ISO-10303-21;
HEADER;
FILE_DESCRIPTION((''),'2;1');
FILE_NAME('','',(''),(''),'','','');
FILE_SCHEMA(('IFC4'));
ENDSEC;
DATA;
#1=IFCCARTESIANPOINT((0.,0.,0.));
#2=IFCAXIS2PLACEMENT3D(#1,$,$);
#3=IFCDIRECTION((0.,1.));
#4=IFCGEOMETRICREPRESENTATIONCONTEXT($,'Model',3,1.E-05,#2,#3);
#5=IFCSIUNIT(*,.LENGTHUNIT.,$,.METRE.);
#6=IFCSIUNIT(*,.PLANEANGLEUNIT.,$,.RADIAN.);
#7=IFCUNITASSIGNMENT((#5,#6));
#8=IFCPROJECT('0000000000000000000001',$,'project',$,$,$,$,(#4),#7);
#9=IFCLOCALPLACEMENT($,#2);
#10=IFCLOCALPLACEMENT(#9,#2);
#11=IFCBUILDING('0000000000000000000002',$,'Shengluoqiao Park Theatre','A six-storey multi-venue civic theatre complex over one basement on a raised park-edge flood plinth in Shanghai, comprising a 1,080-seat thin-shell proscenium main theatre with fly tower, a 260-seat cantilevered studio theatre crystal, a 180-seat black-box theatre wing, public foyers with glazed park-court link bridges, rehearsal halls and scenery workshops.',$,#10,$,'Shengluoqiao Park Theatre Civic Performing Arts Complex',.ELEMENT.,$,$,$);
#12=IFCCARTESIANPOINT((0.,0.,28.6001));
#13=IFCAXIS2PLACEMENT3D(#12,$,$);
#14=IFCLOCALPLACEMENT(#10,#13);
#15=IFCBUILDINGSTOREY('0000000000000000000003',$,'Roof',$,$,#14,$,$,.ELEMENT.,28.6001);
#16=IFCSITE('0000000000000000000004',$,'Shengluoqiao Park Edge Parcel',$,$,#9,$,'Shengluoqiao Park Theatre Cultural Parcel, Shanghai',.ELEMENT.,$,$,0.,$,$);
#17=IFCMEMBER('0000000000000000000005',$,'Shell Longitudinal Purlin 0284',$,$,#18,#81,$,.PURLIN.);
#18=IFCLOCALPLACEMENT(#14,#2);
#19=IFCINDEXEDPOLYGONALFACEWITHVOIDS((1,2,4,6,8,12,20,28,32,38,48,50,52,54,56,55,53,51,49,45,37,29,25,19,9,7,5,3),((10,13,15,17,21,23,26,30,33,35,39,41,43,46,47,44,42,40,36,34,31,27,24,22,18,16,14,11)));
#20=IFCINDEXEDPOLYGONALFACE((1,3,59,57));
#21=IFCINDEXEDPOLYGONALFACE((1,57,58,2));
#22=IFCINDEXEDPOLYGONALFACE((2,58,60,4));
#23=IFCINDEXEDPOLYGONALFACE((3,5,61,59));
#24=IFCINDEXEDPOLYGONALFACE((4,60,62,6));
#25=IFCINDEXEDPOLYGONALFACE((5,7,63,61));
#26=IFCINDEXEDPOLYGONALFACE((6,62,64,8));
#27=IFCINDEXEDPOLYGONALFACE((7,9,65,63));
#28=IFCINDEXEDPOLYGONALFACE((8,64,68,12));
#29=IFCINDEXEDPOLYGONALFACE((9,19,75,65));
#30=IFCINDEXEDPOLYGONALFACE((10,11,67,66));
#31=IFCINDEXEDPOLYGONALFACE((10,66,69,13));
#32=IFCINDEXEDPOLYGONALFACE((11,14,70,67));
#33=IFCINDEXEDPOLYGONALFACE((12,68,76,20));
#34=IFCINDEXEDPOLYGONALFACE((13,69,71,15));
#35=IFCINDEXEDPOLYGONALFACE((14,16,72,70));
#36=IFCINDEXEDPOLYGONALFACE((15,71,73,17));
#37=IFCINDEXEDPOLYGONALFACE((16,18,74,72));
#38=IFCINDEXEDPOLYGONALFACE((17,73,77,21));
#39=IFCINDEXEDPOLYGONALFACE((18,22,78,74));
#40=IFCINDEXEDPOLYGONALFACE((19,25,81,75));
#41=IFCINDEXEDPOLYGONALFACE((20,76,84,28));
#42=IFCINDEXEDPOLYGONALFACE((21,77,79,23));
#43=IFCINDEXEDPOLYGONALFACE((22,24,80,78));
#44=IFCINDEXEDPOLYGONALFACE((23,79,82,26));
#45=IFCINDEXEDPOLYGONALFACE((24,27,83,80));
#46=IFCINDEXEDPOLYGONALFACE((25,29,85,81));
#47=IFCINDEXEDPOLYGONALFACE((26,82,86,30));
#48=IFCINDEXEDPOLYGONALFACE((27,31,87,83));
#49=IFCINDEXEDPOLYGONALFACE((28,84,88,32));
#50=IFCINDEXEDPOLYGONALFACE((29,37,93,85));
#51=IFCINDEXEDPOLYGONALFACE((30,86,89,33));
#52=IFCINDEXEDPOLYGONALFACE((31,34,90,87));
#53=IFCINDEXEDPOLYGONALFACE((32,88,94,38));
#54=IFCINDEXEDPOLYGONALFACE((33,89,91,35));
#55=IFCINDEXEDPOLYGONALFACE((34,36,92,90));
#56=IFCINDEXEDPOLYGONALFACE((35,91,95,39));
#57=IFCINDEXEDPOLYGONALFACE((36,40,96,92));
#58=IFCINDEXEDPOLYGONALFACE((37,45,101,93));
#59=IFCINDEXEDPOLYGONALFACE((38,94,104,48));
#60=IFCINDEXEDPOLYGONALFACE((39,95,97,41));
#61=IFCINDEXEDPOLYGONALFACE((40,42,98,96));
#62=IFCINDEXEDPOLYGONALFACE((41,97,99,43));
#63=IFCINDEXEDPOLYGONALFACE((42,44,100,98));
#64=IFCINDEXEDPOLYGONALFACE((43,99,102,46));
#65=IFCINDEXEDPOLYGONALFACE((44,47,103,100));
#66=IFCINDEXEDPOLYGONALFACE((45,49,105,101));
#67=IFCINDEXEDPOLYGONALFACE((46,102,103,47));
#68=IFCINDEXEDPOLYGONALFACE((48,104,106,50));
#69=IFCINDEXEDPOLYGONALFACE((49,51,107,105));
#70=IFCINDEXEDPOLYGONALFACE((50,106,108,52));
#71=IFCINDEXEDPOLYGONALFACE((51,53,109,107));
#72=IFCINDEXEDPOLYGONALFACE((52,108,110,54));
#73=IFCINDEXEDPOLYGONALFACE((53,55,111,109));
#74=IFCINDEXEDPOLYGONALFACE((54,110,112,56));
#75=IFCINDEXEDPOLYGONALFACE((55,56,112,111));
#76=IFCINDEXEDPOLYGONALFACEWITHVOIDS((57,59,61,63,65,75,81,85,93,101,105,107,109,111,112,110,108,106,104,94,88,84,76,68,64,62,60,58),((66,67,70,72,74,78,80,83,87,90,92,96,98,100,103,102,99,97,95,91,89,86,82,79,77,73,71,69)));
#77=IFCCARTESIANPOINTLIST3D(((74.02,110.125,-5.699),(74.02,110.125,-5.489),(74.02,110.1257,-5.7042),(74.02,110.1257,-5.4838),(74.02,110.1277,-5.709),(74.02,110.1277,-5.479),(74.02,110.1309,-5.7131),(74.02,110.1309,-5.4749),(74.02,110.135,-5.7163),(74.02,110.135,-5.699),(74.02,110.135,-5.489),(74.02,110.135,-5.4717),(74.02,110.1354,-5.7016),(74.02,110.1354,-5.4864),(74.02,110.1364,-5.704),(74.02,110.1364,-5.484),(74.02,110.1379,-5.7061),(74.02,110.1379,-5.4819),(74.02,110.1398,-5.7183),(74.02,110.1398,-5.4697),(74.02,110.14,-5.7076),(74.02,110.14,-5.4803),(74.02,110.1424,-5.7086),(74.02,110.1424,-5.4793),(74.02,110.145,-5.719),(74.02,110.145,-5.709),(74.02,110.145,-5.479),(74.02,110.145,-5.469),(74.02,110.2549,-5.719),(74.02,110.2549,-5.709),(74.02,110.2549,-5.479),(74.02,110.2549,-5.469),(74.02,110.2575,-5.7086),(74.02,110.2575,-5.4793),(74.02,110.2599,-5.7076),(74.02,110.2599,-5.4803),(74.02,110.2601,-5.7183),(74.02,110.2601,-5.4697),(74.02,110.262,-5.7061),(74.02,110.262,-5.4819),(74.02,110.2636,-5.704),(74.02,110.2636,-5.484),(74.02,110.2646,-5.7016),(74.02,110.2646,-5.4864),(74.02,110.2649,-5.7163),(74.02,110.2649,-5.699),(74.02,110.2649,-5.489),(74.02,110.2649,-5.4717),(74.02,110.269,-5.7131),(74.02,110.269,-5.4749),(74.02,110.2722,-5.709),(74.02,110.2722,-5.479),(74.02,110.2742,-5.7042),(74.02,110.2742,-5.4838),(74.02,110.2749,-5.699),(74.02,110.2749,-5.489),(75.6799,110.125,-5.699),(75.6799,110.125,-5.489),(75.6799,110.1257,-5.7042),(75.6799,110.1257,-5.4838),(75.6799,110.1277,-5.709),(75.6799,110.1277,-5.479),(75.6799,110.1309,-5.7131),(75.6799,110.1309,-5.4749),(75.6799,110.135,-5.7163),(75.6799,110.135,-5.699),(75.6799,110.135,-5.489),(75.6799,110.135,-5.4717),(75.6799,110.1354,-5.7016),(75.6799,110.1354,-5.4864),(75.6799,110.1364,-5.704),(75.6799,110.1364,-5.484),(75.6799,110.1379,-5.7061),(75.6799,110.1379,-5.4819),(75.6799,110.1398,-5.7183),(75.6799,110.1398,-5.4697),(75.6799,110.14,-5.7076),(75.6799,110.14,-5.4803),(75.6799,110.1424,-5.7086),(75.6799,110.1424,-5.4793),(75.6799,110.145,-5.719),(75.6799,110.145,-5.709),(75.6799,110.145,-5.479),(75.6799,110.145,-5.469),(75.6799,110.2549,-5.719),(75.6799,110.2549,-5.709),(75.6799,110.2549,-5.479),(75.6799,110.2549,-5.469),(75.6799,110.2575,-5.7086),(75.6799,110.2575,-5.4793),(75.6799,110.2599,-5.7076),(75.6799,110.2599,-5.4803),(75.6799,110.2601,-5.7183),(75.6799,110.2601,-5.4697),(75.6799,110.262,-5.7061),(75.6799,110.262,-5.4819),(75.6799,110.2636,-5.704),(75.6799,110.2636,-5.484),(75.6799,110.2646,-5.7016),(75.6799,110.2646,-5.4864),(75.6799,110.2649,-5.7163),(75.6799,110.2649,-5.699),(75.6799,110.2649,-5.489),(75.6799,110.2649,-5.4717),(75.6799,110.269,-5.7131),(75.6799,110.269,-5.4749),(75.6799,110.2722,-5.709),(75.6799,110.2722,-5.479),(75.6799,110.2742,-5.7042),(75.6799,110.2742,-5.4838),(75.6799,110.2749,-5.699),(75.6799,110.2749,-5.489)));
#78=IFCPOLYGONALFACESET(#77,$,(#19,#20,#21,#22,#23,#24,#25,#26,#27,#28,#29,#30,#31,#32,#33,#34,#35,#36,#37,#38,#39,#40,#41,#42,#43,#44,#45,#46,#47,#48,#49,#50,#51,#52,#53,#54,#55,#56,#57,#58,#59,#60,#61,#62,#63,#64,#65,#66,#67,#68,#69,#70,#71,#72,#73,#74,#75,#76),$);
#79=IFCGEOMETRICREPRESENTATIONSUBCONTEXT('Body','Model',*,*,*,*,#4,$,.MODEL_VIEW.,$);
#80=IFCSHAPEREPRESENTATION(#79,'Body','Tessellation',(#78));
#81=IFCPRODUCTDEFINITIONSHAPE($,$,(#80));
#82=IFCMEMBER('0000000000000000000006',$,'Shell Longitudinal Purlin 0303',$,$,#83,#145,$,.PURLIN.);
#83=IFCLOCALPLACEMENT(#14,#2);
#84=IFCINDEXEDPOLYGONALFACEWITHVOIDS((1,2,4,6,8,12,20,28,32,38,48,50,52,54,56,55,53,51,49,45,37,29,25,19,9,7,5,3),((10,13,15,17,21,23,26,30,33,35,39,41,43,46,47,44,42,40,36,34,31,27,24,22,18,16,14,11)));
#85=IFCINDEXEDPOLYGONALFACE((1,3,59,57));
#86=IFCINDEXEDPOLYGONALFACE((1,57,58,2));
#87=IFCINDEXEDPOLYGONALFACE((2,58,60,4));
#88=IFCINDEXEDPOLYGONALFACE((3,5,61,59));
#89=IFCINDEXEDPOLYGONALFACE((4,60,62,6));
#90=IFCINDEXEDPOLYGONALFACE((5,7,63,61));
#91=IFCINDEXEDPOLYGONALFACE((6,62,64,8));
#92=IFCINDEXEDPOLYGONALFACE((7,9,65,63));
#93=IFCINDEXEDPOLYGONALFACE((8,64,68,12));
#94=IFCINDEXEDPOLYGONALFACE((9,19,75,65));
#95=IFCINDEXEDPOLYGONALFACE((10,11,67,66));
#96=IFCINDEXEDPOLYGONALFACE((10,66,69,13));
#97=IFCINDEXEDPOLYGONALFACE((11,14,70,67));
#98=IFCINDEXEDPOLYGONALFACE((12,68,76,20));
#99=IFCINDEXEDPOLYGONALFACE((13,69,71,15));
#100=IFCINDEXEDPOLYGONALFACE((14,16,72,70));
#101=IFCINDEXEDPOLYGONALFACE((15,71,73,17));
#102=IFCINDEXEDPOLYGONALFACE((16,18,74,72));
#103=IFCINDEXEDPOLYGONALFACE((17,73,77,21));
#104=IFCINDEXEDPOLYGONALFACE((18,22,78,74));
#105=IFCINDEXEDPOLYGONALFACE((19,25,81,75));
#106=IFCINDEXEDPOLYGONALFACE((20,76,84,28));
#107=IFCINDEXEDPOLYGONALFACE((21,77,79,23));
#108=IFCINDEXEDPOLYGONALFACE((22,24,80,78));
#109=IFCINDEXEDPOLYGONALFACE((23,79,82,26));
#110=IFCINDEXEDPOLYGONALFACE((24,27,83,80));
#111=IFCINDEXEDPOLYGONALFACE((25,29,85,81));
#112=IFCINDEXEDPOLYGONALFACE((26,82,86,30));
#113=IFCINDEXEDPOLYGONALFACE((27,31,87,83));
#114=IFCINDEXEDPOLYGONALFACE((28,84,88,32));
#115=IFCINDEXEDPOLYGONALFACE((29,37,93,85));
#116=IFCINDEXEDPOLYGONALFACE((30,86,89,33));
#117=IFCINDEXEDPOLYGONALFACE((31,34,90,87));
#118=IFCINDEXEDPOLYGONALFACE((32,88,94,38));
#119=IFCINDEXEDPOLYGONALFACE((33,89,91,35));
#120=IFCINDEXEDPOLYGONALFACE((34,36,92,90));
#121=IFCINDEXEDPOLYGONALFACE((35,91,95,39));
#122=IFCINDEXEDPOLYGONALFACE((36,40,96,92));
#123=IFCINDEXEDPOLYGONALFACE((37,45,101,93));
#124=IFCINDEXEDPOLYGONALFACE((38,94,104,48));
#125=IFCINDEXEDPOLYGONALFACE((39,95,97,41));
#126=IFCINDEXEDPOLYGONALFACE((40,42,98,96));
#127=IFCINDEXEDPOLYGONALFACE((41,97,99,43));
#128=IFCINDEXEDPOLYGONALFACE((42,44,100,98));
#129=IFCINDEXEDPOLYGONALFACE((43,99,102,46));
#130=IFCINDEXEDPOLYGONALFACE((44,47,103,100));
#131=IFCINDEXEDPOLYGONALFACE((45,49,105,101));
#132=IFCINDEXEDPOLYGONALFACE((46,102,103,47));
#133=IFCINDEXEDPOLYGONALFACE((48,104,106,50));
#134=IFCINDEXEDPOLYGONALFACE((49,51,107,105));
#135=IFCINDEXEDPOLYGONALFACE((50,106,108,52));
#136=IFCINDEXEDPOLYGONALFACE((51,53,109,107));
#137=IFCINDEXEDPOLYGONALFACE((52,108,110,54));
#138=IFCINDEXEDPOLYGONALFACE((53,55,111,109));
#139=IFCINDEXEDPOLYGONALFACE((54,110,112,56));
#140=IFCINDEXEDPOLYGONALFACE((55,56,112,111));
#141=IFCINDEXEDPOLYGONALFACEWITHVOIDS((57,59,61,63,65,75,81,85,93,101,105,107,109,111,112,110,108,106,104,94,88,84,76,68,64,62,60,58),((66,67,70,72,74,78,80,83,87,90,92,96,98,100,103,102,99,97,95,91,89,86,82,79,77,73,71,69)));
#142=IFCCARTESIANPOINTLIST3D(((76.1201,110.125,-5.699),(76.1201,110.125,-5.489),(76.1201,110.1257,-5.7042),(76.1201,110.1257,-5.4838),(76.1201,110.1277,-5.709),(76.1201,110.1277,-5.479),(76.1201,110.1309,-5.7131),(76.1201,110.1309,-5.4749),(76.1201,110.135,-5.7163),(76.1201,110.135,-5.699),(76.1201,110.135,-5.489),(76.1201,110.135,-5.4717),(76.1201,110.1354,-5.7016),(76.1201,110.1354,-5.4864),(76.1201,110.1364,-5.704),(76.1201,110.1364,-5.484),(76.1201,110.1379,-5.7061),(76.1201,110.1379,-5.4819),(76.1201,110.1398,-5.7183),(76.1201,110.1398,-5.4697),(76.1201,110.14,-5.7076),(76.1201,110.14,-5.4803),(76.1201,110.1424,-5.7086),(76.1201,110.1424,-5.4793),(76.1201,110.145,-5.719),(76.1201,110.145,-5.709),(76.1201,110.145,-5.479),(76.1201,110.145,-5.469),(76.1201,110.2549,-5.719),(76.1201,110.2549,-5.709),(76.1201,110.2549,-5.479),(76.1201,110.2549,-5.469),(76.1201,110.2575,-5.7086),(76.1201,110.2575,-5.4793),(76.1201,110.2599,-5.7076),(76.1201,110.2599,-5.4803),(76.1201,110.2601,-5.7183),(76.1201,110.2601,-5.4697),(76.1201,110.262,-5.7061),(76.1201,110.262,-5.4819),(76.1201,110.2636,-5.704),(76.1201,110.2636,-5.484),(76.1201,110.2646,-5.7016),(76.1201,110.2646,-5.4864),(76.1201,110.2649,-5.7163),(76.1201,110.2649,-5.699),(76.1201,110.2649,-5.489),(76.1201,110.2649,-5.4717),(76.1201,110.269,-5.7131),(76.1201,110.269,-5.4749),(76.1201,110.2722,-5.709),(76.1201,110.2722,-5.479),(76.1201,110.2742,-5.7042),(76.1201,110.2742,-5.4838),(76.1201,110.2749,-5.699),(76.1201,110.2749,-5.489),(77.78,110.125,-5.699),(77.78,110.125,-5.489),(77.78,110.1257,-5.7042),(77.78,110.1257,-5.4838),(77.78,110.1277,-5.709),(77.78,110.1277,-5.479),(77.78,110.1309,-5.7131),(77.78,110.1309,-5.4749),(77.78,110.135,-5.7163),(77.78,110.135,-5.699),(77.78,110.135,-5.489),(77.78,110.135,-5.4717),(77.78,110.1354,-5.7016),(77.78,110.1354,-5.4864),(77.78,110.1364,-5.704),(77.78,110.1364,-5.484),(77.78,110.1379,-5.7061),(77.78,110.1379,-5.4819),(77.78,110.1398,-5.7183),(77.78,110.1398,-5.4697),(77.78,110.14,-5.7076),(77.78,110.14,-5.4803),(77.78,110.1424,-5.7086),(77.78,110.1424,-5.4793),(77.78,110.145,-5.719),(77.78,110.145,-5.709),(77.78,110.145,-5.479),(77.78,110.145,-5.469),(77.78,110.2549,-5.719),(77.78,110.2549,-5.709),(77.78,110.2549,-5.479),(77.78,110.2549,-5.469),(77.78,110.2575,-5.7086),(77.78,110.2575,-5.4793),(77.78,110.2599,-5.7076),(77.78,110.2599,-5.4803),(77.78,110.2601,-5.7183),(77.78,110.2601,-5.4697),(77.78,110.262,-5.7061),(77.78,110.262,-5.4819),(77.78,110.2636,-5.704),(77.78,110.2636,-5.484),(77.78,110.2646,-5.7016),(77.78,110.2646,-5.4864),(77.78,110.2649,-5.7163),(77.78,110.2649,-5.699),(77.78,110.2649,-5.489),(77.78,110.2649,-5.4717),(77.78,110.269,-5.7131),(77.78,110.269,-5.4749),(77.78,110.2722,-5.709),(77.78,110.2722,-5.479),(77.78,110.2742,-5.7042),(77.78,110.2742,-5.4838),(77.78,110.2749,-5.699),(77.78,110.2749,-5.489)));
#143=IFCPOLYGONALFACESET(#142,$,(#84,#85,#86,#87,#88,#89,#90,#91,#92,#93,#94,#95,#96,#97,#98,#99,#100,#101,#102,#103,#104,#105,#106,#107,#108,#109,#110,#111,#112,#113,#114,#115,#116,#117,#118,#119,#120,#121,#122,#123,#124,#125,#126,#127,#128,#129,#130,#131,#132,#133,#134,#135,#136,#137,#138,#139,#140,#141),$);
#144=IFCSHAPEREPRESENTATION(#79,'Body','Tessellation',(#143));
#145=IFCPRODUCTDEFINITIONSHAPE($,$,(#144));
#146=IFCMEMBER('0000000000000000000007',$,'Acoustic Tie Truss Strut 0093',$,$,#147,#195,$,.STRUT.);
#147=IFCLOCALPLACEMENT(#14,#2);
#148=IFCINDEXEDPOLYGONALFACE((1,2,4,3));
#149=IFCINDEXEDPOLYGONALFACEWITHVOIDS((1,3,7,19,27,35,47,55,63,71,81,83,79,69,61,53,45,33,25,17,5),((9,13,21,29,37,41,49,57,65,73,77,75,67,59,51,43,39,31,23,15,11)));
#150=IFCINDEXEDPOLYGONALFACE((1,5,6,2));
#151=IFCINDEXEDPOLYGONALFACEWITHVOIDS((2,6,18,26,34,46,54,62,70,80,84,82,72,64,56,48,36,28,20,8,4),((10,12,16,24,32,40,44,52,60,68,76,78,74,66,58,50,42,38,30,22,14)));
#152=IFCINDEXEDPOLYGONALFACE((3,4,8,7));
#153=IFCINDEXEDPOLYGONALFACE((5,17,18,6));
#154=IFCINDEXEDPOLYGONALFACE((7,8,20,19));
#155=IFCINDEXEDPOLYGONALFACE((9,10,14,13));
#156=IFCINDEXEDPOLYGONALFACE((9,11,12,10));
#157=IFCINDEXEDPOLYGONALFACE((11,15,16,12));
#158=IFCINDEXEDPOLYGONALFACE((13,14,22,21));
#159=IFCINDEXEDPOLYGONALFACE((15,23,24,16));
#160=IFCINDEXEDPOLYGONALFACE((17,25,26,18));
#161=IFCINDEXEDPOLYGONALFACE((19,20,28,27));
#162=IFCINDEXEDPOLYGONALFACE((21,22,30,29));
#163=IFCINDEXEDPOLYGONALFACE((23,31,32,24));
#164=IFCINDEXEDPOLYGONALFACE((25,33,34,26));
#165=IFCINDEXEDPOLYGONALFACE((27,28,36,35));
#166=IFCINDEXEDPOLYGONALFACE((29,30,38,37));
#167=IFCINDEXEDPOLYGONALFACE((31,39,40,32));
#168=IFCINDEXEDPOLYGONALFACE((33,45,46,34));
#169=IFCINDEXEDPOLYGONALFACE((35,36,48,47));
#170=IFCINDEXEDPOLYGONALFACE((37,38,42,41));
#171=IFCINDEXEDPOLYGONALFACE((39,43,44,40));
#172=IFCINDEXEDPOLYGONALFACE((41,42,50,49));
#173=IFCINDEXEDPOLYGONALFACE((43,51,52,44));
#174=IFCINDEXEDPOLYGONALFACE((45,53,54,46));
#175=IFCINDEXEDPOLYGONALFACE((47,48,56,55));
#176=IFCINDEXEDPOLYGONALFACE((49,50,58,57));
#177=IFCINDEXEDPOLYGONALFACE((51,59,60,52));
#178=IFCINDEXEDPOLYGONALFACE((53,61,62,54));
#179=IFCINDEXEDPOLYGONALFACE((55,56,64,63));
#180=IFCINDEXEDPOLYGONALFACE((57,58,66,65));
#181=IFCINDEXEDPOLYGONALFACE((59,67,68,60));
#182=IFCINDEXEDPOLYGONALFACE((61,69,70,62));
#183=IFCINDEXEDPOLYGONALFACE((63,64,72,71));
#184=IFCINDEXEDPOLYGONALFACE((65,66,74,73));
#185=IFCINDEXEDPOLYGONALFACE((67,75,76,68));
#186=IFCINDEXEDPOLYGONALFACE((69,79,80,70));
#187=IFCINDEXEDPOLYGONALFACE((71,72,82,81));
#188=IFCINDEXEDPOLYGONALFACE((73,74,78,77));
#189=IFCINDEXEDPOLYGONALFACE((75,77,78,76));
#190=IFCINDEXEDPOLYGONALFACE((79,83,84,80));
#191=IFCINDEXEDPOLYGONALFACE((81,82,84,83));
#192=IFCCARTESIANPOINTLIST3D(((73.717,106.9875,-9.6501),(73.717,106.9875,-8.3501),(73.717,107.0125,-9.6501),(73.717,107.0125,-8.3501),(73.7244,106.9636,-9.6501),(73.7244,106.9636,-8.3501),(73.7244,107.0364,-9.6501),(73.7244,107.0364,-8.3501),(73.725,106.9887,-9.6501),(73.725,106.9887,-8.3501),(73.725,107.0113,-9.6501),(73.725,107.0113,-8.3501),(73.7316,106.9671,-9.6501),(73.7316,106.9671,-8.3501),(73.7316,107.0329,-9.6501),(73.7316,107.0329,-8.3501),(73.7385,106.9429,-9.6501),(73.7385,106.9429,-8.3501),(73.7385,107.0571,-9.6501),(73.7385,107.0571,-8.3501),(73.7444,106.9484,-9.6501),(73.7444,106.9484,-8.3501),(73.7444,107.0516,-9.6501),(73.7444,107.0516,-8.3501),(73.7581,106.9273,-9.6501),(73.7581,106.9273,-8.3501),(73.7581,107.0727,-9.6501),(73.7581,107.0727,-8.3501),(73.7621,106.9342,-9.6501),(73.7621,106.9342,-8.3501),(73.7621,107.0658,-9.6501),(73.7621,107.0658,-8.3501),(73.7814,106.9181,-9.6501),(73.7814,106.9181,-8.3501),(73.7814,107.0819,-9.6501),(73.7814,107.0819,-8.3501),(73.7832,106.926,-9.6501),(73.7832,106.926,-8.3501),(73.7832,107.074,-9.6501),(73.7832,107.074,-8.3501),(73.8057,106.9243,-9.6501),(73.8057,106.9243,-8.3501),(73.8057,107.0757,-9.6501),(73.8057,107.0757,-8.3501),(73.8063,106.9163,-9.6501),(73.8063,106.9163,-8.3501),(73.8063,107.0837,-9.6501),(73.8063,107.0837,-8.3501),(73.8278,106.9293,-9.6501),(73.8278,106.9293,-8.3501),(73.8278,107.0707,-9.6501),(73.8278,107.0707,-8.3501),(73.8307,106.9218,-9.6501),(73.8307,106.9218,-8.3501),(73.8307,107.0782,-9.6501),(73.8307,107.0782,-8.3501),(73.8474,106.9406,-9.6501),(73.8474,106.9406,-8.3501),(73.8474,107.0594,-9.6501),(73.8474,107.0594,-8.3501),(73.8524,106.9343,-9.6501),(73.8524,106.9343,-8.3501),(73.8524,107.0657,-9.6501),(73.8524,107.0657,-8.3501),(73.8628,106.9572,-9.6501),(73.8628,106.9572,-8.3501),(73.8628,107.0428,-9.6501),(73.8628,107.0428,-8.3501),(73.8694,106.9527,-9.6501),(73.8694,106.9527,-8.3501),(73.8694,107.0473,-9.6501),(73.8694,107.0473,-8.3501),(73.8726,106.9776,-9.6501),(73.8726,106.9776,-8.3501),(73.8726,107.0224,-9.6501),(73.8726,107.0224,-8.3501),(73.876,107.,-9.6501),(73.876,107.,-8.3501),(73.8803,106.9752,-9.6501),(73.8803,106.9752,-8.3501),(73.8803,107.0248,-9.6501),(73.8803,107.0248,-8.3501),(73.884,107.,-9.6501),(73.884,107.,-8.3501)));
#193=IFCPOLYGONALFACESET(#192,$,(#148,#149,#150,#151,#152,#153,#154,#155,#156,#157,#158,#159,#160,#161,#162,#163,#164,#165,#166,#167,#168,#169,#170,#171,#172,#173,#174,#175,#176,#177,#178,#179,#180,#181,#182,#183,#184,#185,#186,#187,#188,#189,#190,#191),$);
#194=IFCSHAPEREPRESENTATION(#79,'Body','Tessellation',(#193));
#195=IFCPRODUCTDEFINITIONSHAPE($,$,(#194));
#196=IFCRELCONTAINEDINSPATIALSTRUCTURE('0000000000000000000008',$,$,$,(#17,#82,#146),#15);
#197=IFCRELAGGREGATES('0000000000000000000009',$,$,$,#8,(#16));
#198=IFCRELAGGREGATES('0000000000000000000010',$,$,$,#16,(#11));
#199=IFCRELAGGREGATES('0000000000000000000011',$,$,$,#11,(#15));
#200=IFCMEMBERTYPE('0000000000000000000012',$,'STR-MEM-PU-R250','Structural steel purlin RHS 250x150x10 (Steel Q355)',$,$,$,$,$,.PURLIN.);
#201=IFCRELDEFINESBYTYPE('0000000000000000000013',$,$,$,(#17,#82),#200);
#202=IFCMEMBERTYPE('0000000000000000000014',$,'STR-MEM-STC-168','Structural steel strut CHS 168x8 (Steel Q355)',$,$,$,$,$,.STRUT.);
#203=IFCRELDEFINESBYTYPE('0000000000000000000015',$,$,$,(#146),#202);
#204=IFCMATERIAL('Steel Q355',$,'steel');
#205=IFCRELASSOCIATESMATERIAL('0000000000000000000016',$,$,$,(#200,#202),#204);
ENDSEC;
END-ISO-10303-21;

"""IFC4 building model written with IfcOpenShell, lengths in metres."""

from ifc_helpers import new_model, si_unit, direction, frame, origin, origin_2d, place, context, subcontext, project, spatial, hollow_rectangle, hollow_circle, extrude, material, material_profile, profile_set, type_object, element, save


model = new_model("IFC4")

# Units and contexts
model_context = context("Model", 3, precision=1e-05, world=origin(), true_north=direction((0.0, 1.0)))
body_context = subcontext(model_context, "Body", "Model", "MODEL_VIEW")
ifc_project = project(units=[si_unit("LENGTHUNIT", "METRE"), si_unit("PLANEANGLEUNIT", "RADIAN")], contexts=[model_context])

# Site, building, storey
site_placement = place(None, origin())
site = spatial("IfcSite", under=ifc_project, at=site_placement, Name="Shengluoqiao Park Edge Parcel", LongName="Shengluoqiao Park Theatre Cultural Parcel, Shanghai", CompositionType="ELEMENT", RefElevation=0.0)
building_placement = place(site_placement, origin())
building = spatial("IfcBuilding", under=site, at=building_placement, Name="Shengluoqiao Park Theatre", Description="A six-storey multi-venue civic theatre complex over one basement on a raised park-edge flood plinth in Shanghai, comprising a 1,080-seat thin-shell proscenium main theatre with fly tower, a 260-seat cantilevered studio theatre crystal, a 180-seat black-box theatre wing, public foyers with glazed park-court link bridges, rehearsal halls and scenery workshops.", LongName="Shengluoqiao Park Theatre Civic Performing Arts Complex", CompositionType="ELEMENT")
storey_placement = place(building_placement, frame((0.0, 0.0, 28.6001)))
storey = spatial("IfcBuildingStorey", under=building, at=storey_placement, Name="Roof", CompositionType="ELEMENT", Elevation=28.6001)

# Shared definitions
ifc_material_1 = material(Name="Steel Q355", Category="steel")

# Members
ifc_material_profile_1 = material_profile(ifc_material_1, hollow_rectangle(XDim=0.1499, YDim=0.25, WallThickness=0.01, InnerFilletRadius=0.01, OuterFilletRadius=0.02, at=origin_2d()), Name="RHS 250x150x10")
ifc_profile_set_1 = profile_set([ifc_material_profile_1], Name="Steel Q355")
member_type_1 = type_object("IfcMemberType", Name="STR-MEM-PU-R250", Description="Structural steel purlin RHS 250x150x10 (Steel Q355)", PredefinedType="PURLIN", material=ifc_profile_set_1)
for number, where, z_axis, x_axis, name in (
    (1, (74.02, 110.2, -5.594), (1.0, 0.0, 0.0), (0.0, 1.0, 0.0), "Shell Longitudinal Purlin 0284"),
    (2, (76.1201, 110.2, -5.594), (1.0, 0.0, 0.0), (0.0, 1.0, 0.0), "Shell Longitudinal Purlin 0303"),
):
    element("IfcMember", number, at=place(storey_placement, frame(where, z_axis=z_axis, x_axis=x_axis)), inside=storey, type_object=member_type_1, Name=name, PredefinedType="PURLIN", context=body_context, shape_type="SweptSolid", body=[
        extrude(hollow_rectangle(XDim=0.1499, YDim=0.25, WallThickness=0.01, InnerFilletRadius=0.01, OuterFilletRadius=0.02, at=origin_2d()), origin(), (0.0, 0.0, 1.0), 1.6599),
    ])
ifc_material_profile_2 = material_profile(ifc_material_1, hollow_circle(Radius=0.084, WallThickness=0.0081, at=origin_2d()), Name="CHS 168x8")
ifc_profile_set_2 = profile_set([ifc_material_profile_2], Name="Steel Q355")
member_type_2 = type_object("IfcMemberType", Name="STR-MEM-STC-168", Description="Structural steel strut CHS 168x8 (Steel Q355)", PredefinedType="STRUT", material=ifc_profile_set_2)
for number, where, z_axis, x_axis, name in (
    (3, (73.8, 107.0, -9.6501), (0.0, 0.0, 1.0), (1.0, 0.0, 0.0), "Acoustic Tie Truss Strut 0093"),
):
    element("IfcMember", number, at=place(storey_placement, frame(where, z_axis=z_axis, x_axis=x_axis)), inside=storey, type_object=member_type_2, Name=name, PredefinedType="STRUT", context=body_context, shape_type="SweptSolid", body=[
        extrude(hollow_circle(Radius=0.084, WallThickness=0.0081, at=origin_2d()), origin(), (0.0, 0.0, 1.0), 1.3),
    ])

save(model, "model.ifc")
